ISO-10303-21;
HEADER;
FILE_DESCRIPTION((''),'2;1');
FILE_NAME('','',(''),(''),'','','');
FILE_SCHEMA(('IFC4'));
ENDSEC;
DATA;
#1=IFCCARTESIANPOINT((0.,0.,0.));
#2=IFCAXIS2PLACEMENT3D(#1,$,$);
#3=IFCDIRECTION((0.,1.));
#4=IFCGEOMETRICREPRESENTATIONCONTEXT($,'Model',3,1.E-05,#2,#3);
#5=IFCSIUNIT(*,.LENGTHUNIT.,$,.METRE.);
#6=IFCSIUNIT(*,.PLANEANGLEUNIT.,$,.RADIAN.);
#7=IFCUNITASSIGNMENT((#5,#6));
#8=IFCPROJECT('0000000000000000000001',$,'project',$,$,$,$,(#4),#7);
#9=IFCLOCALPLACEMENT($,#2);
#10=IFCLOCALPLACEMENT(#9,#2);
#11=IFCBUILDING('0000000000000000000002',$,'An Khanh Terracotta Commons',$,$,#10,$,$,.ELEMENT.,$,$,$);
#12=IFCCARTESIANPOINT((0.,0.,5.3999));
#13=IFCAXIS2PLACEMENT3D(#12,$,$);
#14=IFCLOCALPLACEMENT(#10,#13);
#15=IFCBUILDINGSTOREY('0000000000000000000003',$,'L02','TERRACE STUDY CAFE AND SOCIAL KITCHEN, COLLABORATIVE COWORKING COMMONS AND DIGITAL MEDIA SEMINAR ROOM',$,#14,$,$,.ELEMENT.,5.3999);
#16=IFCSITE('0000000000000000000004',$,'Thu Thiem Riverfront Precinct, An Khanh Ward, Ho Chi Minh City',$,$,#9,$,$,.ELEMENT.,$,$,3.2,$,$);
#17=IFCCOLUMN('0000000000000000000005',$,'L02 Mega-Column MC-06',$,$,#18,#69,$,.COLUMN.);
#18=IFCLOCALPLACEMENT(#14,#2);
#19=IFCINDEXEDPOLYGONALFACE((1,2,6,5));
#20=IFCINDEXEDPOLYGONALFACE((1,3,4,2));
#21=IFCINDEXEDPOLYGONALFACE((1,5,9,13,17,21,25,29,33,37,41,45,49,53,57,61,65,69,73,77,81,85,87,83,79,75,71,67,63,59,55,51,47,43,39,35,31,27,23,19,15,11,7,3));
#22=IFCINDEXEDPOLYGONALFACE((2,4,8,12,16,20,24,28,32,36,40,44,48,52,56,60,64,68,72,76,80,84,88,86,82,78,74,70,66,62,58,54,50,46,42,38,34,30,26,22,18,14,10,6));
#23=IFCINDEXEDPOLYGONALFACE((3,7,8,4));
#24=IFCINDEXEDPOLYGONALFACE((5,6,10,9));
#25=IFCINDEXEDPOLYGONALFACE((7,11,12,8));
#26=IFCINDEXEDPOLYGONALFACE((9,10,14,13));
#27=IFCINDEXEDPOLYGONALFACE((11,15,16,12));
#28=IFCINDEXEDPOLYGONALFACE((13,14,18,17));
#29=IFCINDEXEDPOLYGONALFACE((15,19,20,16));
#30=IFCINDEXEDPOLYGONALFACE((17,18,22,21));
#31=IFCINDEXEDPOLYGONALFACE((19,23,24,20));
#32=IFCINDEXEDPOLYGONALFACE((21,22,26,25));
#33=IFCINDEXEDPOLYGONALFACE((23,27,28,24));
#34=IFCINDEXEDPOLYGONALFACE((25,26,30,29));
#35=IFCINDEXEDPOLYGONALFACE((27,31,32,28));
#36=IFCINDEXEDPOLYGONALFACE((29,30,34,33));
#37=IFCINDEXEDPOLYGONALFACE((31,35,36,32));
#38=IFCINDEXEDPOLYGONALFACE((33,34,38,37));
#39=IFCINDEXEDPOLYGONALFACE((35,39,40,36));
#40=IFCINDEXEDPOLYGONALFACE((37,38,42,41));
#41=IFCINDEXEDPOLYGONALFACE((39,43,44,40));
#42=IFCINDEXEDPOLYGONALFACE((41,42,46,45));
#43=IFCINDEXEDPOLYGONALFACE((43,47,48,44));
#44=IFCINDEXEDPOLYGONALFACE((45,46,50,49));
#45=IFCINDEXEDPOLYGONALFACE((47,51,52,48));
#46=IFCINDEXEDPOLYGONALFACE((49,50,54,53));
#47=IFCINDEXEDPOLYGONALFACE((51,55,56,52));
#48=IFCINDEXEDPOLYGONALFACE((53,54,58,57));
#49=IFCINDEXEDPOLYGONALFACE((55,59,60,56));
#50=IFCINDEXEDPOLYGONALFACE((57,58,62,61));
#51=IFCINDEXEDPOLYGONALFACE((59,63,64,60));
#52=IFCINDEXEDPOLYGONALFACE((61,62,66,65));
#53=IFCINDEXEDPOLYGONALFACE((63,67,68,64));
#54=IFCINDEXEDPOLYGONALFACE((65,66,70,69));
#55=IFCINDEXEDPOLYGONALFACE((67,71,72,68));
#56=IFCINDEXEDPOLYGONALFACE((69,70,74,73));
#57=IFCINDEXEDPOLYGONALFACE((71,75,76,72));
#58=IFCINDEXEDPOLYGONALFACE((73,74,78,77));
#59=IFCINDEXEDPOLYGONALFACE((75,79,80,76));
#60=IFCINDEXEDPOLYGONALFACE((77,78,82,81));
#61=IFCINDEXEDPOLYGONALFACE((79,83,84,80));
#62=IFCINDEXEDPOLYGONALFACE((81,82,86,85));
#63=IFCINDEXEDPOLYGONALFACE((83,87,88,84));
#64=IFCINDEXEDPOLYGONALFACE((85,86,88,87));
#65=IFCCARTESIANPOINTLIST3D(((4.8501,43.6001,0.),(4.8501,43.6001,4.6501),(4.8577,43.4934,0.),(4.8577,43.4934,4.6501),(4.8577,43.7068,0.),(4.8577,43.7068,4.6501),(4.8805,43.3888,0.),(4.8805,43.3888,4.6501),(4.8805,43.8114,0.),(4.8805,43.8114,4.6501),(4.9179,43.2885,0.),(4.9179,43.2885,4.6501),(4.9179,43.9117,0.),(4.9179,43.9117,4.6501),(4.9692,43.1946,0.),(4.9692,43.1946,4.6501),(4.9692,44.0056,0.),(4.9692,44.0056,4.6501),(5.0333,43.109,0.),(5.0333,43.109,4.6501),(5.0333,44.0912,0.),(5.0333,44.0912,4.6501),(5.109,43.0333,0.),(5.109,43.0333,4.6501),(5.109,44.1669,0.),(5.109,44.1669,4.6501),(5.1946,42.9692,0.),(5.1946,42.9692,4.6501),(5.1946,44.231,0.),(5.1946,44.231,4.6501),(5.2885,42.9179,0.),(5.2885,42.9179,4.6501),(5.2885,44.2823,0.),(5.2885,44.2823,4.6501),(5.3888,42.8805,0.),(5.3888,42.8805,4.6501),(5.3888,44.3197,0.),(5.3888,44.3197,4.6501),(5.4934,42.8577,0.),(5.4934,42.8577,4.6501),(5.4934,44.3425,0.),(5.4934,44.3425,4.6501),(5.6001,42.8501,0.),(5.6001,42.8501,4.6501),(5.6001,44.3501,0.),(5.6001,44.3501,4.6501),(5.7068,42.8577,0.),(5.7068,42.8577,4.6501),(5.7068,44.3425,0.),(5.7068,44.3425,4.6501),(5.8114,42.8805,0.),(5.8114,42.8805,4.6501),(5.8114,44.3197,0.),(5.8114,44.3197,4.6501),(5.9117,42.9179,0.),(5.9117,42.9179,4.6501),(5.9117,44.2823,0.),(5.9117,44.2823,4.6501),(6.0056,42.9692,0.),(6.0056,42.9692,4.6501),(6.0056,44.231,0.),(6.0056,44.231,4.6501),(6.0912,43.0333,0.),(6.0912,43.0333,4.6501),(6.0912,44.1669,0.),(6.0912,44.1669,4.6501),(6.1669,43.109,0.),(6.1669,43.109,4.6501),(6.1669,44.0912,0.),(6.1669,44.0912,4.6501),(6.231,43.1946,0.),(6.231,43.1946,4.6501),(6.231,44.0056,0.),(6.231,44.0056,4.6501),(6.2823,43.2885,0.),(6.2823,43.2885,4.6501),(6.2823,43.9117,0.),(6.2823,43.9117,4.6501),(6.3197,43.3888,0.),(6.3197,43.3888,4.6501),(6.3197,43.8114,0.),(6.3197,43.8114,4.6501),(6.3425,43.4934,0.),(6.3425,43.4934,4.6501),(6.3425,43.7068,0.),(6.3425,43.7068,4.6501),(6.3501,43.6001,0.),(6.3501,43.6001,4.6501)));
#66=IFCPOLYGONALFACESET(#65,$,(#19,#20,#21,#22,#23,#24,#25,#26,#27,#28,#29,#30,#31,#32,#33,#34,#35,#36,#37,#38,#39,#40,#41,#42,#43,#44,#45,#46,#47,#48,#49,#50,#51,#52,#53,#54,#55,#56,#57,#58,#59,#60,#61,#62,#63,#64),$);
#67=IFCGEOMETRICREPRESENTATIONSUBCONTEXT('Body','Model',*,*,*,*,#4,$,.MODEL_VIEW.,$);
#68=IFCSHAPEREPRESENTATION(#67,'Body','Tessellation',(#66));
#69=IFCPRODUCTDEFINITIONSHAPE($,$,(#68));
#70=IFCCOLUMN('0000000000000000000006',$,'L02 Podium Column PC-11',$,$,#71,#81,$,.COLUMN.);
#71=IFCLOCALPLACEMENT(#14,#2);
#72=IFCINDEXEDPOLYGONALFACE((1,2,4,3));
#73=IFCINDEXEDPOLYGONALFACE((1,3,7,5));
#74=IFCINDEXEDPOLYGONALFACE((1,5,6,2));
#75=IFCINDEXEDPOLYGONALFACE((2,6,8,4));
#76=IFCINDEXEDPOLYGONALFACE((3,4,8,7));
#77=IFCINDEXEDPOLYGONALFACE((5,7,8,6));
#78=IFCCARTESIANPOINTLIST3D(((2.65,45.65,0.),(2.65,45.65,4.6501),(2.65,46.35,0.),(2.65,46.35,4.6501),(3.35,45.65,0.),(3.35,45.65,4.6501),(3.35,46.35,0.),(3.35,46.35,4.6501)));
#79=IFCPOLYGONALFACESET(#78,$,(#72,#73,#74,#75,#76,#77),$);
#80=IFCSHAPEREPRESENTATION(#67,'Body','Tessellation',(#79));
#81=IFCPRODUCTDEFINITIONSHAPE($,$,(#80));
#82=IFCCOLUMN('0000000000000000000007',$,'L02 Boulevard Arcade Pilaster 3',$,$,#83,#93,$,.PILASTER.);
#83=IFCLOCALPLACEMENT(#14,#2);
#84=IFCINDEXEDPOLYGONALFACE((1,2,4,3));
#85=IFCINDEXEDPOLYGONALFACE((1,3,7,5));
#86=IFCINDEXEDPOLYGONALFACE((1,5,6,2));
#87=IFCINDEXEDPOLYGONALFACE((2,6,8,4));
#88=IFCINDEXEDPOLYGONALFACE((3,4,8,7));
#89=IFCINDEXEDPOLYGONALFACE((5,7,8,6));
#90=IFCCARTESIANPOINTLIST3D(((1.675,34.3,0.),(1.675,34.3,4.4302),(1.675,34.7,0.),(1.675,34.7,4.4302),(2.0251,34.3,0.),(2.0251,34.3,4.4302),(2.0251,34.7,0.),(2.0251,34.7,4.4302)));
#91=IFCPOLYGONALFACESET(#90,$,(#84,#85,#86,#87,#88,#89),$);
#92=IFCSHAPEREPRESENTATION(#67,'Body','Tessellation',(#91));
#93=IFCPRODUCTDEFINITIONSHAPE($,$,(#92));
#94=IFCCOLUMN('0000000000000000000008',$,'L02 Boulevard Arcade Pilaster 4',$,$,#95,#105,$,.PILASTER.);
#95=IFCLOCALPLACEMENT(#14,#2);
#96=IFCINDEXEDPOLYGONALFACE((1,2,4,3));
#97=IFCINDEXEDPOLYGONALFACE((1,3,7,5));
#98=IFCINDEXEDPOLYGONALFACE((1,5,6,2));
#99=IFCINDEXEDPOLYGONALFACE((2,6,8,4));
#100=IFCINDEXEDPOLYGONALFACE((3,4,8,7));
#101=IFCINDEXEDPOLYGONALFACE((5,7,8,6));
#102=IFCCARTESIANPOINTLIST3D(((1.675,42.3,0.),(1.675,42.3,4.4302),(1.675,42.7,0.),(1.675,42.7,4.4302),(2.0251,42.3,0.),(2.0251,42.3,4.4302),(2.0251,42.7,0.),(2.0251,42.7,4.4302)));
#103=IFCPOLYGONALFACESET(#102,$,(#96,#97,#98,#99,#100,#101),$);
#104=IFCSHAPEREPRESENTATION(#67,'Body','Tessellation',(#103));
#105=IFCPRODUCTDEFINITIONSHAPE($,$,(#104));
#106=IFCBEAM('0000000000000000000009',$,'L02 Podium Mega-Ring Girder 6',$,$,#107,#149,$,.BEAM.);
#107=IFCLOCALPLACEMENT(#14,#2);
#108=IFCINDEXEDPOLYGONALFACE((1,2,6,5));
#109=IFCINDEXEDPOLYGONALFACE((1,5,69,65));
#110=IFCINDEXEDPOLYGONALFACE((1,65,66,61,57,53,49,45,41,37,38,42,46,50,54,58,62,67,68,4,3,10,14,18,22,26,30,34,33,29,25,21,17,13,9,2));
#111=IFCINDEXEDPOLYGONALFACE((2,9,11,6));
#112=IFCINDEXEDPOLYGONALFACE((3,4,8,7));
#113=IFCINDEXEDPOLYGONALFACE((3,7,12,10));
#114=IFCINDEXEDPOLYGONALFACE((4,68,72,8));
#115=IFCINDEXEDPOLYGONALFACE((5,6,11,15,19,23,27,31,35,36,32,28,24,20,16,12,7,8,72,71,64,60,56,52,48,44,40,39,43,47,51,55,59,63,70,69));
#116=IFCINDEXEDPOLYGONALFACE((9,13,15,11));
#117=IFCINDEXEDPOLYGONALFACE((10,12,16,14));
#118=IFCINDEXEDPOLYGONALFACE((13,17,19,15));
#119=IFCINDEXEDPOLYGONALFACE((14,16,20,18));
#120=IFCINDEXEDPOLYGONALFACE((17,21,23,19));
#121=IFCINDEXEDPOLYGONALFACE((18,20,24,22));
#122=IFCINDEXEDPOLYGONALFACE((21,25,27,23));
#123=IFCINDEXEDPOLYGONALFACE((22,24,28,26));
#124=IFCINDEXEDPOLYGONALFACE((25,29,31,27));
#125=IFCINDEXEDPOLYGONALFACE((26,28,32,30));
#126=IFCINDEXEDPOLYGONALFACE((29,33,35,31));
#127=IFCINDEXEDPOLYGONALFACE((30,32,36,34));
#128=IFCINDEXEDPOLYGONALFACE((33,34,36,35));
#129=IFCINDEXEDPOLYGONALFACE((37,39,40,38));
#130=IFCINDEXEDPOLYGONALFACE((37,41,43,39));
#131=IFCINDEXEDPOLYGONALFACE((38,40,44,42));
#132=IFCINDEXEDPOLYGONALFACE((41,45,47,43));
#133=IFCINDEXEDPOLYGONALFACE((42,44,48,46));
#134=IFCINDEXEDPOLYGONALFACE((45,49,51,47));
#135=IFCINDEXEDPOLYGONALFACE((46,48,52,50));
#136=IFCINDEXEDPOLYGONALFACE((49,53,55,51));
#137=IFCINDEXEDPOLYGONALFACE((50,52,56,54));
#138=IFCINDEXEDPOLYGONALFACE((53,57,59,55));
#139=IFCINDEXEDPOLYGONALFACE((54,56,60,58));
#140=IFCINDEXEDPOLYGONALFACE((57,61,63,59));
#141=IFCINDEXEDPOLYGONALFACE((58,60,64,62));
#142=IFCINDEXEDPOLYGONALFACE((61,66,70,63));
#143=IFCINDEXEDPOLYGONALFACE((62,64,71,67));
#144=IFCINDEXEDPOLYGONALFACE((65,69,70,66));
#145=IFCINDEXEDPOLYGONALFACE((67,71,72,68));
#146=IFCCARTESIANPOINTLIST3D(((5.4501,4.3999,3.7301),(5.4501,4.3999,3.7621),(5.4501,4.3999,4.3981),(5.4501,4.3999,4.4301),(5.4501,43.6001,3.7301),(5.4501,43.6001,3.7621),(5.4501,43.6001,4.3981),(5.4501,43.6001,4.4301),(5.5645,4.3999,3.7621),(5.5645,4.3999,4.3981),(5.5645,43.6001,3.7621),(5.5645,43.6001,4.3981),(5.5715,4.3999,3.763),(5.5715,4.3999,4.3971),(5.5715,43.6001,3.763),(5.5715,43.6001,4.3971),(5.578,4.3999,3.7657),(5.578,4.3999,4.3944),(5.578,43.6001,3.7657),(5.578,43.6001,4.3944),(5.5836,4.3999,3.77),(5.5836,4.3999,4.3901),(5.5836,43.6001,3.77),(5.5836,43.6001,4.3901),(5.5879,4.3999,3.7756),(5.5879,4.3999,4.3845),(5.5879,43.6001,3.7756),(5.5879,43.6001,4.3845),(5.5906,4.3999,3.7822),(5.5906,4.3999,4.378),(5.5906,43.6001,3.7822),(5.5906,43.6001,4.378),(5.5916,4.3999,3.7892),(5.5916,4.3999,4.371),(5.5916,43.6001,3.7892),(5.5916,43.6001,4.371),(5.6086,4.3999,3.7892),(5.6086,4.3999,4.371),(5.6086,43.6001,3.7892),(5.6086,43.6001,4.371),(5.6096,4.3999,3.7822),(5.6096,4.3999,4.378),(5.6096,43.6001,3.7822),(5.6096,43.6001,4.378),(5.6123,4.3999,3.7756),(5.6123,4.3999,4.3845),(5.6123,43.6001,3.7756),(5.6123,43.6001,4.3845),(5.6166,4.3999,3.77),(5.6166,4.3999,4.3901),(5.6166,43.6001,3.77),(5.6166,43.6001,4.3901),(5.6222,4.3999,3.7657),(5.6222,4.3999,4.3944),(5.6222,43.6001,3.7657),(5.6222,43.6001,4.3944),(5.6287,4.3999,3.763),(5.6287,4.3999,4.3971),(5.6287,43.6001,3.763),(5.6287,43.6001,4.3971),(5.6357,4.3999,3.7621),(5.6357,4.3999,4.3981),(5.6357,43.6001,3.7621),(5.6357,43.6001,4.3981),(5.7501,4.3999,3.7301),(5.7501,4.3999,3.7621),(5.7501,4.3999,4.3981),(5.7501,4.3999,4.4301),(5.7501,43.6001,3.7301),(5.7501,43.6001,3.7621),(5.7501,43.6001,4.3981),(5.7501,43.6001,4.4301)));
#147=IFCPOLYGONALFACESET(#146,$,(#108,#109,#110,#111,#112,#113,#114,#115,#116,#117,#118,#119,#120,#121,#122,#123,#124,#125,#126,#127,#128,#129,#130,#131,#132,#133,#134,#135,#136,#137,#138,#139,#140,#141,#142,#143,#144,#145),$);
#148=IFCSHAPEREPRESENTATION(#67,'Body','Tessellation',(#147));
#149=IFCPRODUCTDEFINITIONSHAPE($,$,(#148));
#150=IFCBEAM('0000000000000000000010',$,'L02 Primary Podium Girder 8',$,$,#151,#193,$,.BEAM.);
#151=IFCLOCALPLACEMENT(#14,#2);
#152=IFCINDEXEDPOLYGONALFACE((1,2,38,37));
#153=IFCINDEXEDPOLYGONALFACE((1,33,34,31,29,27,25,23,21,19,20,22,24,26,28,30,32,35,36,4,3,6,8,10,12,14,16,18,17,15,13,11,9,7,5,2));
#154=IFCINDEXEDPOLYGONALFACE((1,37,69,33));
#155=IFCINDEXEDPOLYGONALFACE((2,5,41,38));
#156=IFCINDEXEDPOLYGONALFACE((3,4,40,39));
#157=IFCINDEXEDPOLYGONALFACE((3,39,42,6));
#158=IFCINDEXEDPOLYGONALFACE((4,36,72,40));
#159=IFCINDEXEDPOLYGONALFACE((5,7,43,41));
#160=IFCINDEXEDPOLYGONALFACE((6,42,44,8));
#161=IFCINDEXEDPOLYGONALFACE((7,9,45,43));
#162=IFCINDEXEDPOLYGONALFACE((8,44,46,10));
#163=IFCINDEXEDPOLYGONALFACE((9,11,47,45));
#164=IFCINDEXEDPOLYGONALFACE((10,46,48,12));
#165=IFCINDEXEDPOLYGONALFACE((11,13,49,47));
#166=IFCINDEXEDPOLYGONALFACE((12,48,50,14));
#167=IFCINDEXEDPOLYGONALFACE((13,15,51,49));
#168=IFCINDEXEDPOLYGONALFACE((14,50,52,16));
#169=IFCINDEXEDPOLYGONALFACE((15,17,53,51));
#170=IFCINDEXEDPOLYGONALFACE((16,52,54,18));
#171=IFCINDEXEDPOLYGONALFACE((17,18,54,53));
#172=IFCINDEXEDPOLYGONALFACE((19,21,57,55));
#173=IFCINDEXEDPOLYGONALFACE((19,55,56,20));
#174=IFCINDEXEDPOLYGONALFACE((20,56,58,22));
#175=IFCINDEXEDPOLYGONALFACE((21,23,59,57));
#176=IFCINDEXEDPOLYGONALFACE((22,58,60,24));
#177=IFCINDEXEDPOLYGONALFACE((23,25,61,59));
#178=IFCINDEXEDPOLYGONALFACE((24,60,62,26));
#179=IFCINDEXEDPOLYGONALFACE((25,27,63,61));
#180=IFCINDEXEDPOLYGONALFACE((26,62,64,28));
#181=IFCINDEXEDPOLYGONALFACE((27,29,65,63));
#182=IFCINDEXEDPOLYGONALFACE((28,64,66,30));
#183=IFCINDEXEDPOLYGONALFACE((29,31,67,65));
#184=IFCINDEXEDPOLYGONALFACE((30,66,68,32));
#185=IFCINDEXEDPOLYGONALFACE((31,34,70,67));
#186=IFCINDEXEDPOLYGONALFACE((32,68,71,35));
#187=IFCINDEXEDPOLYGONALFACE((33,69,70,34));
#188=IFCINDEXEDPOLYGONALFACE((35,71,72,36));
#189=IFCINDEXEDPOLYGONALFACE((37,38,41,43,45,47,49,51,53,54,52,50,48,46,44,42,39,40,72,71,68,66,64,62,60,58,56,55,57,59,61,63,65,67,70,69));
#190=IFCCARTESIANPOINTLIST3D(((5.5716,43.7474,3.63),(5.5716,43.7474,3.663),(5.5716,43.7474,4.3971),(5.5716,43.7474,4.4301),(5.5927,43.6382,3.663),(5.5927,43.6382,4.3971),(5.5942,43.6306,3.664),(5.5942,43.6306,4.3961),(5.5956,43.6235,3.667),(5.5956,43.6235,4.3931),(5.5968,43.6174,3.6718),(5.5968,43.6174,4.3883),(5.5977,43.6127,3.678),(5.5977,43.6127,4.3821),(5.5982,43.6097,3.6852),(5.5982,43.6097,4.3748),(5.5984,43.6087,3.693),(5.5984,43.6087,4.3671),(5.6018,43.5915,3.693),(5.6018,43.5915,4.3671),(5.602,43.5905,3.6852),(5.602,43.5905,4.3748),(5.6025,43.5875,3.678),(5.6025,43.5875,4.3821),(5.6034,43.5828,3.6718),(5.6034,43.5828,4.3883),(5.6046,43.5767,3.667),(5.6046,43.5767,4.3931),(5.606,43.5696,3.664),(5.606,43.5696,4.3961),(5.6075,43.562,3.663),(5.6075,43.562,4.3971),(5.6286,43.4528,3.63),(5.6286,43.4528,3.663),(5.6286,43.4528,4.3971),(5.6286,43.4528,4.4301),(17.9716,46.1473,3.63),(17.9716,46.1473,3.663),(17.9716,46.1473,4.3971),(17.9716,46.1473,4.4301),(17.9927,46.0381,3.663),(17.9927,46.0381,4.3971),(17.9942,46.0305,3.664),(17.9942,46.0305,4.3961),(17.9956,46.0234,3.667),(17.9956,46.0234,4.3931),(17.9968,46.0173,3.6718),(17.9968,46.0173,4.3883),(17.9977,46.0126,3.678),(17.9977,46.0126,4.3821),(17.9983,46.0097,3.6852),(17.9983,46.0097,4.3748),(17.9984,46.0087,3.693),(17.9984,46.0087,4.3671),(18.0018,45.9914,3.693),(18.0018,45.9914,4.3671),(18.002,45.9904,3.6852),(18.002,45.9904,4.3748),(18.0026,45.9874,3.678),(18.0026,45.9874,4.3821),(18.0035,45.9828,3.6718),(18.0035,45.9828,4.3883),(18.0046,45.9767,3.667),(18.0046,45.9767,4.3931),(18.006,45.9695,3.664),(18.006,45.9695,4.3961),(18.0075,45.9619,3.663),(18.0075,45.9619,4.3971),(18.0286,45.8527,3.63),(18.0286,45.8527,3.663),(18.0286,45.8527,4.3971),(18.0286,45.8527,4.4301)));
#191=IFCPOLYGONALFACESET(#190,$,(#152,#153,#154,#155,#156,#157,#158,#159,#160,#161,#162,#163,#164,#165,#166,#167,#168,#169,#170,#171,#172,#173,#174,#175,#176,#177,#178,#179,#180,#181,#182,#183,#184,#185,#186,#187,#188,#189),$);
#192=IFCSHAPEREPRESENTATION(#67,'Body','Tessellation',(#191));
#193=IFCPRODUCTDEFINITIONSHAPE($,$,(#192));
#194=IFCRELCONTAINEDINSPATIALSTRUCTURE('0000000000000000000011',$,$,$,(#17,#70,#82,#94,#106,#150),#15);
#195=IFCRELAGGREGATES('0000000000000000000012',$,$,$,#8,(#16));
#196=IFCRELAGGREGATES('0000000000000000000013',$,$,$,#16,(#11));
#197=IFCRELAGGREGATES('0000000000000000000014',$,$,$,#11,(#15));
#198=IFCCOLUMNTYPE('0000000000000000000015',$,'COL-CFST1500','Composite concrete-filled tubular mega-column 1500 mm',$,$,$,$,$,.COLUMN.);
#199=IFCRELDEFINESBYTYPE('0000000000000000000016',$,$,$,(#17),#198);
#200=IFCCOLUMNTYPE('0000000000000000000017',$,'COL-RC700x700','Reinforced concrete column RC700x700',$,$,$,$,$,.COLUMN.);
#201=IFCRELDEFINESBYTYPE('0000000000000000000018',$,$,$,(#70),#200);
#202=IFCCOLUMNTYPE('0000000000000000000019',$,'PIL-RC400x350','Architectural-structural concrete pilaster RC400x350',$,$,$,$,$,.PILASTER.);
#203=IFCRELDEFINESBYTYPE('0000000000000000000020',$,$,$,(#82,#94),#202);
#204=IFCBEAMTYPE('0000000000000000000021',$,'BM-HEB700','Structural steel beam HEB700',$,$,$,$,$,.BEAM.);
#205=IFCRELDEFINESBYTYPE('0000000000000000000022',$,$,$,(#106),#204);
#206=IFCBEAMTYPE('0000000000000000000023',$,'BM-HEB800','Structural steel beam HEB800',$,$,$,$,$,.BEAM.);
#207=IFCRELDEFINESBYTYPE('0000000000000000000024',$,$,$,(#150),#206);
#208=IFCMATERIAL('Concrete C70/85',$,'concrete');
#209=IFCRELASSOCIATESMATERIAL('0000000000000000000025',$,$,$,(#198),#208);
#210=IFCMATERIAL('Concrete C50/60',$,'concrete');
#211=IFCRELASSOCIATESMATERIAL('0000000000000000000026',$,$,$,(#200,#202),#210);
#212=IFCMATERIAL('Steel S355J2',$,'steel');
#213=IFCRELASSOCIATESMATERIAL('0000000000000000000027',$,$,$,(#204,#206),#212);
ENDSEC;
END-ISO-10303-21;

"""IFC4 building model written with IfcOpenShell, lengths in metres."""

from ifc_helpers import new_model, si_unit, direction, frame, origin, origin_2d, place, context, subcontext, project, spatial, rectangle, circle, i_section, extrude, material, material_profile, profile_set, type_object, element, save


model = new_model("IFC4")

# Units and contexts
model_context = context("Model", 3, precision=1e-05, world=origin(), true_north=direction((0.0, 1.0)))
body_context = subcontext(model_context, "Body", "Model", "MODEL_VIEW")
ifc_project = project(units=[si_unit("LENGTHUNIT", "METRE"), si_unit("PLANEANGLEUNIT", "RADIAN")], contexts=[model_context])

# Site, building, storey
site_placement = place(None, origin())
site = spatial("IfcSite", under=ifc_project, at=site_placement, Name="Thu Thiem Riverfront Precinct, An Khanh Ward, Ho Chi Minh City", CompositionType="ELEMENT", RefElevation=3.2)
building_placement = place(site_placement, origin())
building = spatial("IfcBuilding", under=site, at=building_placement, Name="An Khanh Terracotta Commons", CompositionType="ELEMENT")
storey_placement = place(building_placement, frame((0.0, 0.0, 5.3999)))
storey = spatial("IfcBuildingStorey", under=building, at=storey_placement, Name="L02", Description="TERRACE STUDY CAFE AND SOCIAL KITCHEN, COLLABORATIVE COWORKING COMMONS AND DIGITAL MEDIA SEMINAR ROOM", CompositionType="ELEMENT", Elevation=5.3999)

# Columns
ifc_material_1 = material(Name="Concrete C70/85", Category="concrete")
ifc_material_profile_1 = material_profile(ifc_material_1, circle(Radius=0.75, at=origin_2d()), Name="CFST1500")
ifc_profile_set_1 = profile_set([ifc_material_profile_1], Name="Concrete C70/85")
column_type_1 = type_object("IfcColumnType", Name="COL-CFST1500", Description="Composite concrete-filled tubular mega-column 1500 mm", PredefinedType="COLUMN", material=ifc_profile_set_1)
column_1_placement = place(storey_placement, frame((5.6001, 43.6001, 0.0), z_axis=(0.0, 0.0, 1.0), x_axis=(1.0, 0.0, 0.0)))
element("IfcColumn", 1, at=column_1_placement, inside=storey, type_object=column_type_1, Name="L02 Mega-Column MC-06", PredefinedType="COLUMN", context=body_context, shape_type="SweptSolid", body=[
    extrude(circle(Radius=0.75, at=origin_2d()), origin(), (0.0, 0.0, 1.0), 4.6501),
])
ifc_material_2 = material(Name="Concrete C50/60", Category="concrete")
ifc_material_profile_2 = material_profile(ifc_material_2, rectangle(XDim=0.7, YDim=0.7, at=origin_2d()), Name="RC700x700")
ifc_profile_set_2 = profile_set([ifc_material_profile_2], Name="Concrete C50/60")
column_type_2 = type_object("IfcColumnType", Name="COL-RC700x700", Description="Reinforced concrete column RC700x700", PredefinedType="COLUMN", material=ifc_profile_set_2)
column_2_placement = place(storey_placement, frame((3.0, 46.0, 0.0), z_axis=(0.0, 0.0, 1.0), x_axis=(1.0, 0.0, 0.0)))
element("IfcColumn", 2, at=column_2_placement, inside=storey, type_object=column_type_2, Name="L02 Podium Column PC-11", PredefinedType="COLUMN", context=body_context, shape_type="SweptSolid", body=[
    extrude(rectangle(XDim=0.7, YDim=0.7, at=origin_2d()), origin(), (0.0, 0.0, 1.0), 4.6501),
])
ifc_material_profile_3 = material_profile(ifc_material_2, rectangle(XDim=0.3501, YDim=0.3999, at=origin_2d()), Name="RC400x350")
ifc_profile_set_3 = profile_set([ifc_material_profile_3], Name="Concrete C50/60")
column_type_3 = type_object("IfcColumnType", Name="PIL-RC400x350", Description="Architectural-structural concrete pilaster RC400x350", PredefinedType="PILASTER", material=ifc_profile_set_3)
for number, where, z_axis, x_axis, name in (
    (3, (1.8501, 34.5, 0.0), (0.0, 0.0, 1.0), (1.0, 0.0, 0.0), "L02 Boulevard Arcade Pilaster 3"),
    (4, (1.8501, 42.5, 0.0), (0.0, 0.0, 1.0), (1.0, 0.0, 0.0), "L02 Boulevard Arcade Pilaster 4"),
):
    element("IfcColumn", number, at=place(storey_placement, frame(where, z_axis=z_axis, x_axis=x_axis)), inside=storey, type_object=column_type_3, Name=name, PredefinedType="PILASTER", context=body_context, shape_type="SweptSolid", body=[
        extrude(rectangle(XDim=0.3501, YDim=0.3999, at=origin_2d()), origin(), (0.0, 0.0, 1.0), 4.4302),
    ])

# Beams
ifc_material_3 = material(Name="Steel S355J2", Category="steel")
ifc_material_profile_4 = material_profile(ifc_material_3, i_section(OverallWidth=0.3, OverallDepth=0.7, WebThickness=0.0171, FlangeThickness=0.032, FilletRadius=0.0271, at=origin_2d()), Name="HEB700")
ifc_profile_set_4 = profile_set([ifc_material_profile_4], Name="Steel S355J2")
beam_type_1 = type_object("IfcBeamType", Name="BM-HEB700", Description="Structural steel beam HEB700", PredefinedType="BEAM", material=ifc_profile_set_4)
beam_1_placement = place(storey_placement, frame((5.6001, 43.6001, 4.0801), z_axis=(0.0, -1.0, 0.0), x_axis=(1.0, 0.0, 0.0)))
element("IfcBeam", 5, at=beam_1_placement, inside=storey, type_object=beam_type_1, Name="L02 Podium Mega-Ring Girder 6", PredefinedType="BEAM", context=body_context, shape_type="SweptSolid", body=[
    extrude(i_section(OverallWidth=0.3, OverallDepth=0.7, WebThickness=0.0171, FlangeThickness=0.032, FilletRadius=0.0271, at=origin_2d()), origin(), (0.0, 0.0, 1.0), 39.2002),
])
ifc_material_profile_5 = material_profile(ifc_material_3, i_section(OverallWidth=0.3, OverallDepth=0.8, WebThickness=0.0176, FlangeThickness=0.033, FilletRadius=0.03, at=origin_2d()), Name="HEB800")
ifc_profile_set_5 = profile_set([ifc_material_profile_5], Name="Steel S355J2")
beam_type_2 = type_object("IfcBeamType", Name="BM-HEB800", Description="Structural steel beam HEB800", PredefinedType="BEAM", material=ifc_profile_set_5)
beam_2_placement = place(storey_placement, frame((5.6001, 43.6001, 4.03), z_axis=(0.981781, 0.190016, 0.0), x_axis=(-0.190016, 0.981781, 0.0)))
element("IfcBeam", 6, at=beam_2_placement, inside=storey, type_object=beam_type_2, Name="L02 Primary Podium Girder 8", PredefinedType="BEAM", context=body_context, shape_type="SweptSolid", body=[
    extrude(i_section(OverallWidth=0.3, OverallDepth=0.8, WebThickness=0.0176, FlangeThickness=0.033, FilletRadius=0.03, at=origin_2d()), origin(), (0.0, 0.0, 1.0), 12.6301),
])

save(model, "model.ifc")
